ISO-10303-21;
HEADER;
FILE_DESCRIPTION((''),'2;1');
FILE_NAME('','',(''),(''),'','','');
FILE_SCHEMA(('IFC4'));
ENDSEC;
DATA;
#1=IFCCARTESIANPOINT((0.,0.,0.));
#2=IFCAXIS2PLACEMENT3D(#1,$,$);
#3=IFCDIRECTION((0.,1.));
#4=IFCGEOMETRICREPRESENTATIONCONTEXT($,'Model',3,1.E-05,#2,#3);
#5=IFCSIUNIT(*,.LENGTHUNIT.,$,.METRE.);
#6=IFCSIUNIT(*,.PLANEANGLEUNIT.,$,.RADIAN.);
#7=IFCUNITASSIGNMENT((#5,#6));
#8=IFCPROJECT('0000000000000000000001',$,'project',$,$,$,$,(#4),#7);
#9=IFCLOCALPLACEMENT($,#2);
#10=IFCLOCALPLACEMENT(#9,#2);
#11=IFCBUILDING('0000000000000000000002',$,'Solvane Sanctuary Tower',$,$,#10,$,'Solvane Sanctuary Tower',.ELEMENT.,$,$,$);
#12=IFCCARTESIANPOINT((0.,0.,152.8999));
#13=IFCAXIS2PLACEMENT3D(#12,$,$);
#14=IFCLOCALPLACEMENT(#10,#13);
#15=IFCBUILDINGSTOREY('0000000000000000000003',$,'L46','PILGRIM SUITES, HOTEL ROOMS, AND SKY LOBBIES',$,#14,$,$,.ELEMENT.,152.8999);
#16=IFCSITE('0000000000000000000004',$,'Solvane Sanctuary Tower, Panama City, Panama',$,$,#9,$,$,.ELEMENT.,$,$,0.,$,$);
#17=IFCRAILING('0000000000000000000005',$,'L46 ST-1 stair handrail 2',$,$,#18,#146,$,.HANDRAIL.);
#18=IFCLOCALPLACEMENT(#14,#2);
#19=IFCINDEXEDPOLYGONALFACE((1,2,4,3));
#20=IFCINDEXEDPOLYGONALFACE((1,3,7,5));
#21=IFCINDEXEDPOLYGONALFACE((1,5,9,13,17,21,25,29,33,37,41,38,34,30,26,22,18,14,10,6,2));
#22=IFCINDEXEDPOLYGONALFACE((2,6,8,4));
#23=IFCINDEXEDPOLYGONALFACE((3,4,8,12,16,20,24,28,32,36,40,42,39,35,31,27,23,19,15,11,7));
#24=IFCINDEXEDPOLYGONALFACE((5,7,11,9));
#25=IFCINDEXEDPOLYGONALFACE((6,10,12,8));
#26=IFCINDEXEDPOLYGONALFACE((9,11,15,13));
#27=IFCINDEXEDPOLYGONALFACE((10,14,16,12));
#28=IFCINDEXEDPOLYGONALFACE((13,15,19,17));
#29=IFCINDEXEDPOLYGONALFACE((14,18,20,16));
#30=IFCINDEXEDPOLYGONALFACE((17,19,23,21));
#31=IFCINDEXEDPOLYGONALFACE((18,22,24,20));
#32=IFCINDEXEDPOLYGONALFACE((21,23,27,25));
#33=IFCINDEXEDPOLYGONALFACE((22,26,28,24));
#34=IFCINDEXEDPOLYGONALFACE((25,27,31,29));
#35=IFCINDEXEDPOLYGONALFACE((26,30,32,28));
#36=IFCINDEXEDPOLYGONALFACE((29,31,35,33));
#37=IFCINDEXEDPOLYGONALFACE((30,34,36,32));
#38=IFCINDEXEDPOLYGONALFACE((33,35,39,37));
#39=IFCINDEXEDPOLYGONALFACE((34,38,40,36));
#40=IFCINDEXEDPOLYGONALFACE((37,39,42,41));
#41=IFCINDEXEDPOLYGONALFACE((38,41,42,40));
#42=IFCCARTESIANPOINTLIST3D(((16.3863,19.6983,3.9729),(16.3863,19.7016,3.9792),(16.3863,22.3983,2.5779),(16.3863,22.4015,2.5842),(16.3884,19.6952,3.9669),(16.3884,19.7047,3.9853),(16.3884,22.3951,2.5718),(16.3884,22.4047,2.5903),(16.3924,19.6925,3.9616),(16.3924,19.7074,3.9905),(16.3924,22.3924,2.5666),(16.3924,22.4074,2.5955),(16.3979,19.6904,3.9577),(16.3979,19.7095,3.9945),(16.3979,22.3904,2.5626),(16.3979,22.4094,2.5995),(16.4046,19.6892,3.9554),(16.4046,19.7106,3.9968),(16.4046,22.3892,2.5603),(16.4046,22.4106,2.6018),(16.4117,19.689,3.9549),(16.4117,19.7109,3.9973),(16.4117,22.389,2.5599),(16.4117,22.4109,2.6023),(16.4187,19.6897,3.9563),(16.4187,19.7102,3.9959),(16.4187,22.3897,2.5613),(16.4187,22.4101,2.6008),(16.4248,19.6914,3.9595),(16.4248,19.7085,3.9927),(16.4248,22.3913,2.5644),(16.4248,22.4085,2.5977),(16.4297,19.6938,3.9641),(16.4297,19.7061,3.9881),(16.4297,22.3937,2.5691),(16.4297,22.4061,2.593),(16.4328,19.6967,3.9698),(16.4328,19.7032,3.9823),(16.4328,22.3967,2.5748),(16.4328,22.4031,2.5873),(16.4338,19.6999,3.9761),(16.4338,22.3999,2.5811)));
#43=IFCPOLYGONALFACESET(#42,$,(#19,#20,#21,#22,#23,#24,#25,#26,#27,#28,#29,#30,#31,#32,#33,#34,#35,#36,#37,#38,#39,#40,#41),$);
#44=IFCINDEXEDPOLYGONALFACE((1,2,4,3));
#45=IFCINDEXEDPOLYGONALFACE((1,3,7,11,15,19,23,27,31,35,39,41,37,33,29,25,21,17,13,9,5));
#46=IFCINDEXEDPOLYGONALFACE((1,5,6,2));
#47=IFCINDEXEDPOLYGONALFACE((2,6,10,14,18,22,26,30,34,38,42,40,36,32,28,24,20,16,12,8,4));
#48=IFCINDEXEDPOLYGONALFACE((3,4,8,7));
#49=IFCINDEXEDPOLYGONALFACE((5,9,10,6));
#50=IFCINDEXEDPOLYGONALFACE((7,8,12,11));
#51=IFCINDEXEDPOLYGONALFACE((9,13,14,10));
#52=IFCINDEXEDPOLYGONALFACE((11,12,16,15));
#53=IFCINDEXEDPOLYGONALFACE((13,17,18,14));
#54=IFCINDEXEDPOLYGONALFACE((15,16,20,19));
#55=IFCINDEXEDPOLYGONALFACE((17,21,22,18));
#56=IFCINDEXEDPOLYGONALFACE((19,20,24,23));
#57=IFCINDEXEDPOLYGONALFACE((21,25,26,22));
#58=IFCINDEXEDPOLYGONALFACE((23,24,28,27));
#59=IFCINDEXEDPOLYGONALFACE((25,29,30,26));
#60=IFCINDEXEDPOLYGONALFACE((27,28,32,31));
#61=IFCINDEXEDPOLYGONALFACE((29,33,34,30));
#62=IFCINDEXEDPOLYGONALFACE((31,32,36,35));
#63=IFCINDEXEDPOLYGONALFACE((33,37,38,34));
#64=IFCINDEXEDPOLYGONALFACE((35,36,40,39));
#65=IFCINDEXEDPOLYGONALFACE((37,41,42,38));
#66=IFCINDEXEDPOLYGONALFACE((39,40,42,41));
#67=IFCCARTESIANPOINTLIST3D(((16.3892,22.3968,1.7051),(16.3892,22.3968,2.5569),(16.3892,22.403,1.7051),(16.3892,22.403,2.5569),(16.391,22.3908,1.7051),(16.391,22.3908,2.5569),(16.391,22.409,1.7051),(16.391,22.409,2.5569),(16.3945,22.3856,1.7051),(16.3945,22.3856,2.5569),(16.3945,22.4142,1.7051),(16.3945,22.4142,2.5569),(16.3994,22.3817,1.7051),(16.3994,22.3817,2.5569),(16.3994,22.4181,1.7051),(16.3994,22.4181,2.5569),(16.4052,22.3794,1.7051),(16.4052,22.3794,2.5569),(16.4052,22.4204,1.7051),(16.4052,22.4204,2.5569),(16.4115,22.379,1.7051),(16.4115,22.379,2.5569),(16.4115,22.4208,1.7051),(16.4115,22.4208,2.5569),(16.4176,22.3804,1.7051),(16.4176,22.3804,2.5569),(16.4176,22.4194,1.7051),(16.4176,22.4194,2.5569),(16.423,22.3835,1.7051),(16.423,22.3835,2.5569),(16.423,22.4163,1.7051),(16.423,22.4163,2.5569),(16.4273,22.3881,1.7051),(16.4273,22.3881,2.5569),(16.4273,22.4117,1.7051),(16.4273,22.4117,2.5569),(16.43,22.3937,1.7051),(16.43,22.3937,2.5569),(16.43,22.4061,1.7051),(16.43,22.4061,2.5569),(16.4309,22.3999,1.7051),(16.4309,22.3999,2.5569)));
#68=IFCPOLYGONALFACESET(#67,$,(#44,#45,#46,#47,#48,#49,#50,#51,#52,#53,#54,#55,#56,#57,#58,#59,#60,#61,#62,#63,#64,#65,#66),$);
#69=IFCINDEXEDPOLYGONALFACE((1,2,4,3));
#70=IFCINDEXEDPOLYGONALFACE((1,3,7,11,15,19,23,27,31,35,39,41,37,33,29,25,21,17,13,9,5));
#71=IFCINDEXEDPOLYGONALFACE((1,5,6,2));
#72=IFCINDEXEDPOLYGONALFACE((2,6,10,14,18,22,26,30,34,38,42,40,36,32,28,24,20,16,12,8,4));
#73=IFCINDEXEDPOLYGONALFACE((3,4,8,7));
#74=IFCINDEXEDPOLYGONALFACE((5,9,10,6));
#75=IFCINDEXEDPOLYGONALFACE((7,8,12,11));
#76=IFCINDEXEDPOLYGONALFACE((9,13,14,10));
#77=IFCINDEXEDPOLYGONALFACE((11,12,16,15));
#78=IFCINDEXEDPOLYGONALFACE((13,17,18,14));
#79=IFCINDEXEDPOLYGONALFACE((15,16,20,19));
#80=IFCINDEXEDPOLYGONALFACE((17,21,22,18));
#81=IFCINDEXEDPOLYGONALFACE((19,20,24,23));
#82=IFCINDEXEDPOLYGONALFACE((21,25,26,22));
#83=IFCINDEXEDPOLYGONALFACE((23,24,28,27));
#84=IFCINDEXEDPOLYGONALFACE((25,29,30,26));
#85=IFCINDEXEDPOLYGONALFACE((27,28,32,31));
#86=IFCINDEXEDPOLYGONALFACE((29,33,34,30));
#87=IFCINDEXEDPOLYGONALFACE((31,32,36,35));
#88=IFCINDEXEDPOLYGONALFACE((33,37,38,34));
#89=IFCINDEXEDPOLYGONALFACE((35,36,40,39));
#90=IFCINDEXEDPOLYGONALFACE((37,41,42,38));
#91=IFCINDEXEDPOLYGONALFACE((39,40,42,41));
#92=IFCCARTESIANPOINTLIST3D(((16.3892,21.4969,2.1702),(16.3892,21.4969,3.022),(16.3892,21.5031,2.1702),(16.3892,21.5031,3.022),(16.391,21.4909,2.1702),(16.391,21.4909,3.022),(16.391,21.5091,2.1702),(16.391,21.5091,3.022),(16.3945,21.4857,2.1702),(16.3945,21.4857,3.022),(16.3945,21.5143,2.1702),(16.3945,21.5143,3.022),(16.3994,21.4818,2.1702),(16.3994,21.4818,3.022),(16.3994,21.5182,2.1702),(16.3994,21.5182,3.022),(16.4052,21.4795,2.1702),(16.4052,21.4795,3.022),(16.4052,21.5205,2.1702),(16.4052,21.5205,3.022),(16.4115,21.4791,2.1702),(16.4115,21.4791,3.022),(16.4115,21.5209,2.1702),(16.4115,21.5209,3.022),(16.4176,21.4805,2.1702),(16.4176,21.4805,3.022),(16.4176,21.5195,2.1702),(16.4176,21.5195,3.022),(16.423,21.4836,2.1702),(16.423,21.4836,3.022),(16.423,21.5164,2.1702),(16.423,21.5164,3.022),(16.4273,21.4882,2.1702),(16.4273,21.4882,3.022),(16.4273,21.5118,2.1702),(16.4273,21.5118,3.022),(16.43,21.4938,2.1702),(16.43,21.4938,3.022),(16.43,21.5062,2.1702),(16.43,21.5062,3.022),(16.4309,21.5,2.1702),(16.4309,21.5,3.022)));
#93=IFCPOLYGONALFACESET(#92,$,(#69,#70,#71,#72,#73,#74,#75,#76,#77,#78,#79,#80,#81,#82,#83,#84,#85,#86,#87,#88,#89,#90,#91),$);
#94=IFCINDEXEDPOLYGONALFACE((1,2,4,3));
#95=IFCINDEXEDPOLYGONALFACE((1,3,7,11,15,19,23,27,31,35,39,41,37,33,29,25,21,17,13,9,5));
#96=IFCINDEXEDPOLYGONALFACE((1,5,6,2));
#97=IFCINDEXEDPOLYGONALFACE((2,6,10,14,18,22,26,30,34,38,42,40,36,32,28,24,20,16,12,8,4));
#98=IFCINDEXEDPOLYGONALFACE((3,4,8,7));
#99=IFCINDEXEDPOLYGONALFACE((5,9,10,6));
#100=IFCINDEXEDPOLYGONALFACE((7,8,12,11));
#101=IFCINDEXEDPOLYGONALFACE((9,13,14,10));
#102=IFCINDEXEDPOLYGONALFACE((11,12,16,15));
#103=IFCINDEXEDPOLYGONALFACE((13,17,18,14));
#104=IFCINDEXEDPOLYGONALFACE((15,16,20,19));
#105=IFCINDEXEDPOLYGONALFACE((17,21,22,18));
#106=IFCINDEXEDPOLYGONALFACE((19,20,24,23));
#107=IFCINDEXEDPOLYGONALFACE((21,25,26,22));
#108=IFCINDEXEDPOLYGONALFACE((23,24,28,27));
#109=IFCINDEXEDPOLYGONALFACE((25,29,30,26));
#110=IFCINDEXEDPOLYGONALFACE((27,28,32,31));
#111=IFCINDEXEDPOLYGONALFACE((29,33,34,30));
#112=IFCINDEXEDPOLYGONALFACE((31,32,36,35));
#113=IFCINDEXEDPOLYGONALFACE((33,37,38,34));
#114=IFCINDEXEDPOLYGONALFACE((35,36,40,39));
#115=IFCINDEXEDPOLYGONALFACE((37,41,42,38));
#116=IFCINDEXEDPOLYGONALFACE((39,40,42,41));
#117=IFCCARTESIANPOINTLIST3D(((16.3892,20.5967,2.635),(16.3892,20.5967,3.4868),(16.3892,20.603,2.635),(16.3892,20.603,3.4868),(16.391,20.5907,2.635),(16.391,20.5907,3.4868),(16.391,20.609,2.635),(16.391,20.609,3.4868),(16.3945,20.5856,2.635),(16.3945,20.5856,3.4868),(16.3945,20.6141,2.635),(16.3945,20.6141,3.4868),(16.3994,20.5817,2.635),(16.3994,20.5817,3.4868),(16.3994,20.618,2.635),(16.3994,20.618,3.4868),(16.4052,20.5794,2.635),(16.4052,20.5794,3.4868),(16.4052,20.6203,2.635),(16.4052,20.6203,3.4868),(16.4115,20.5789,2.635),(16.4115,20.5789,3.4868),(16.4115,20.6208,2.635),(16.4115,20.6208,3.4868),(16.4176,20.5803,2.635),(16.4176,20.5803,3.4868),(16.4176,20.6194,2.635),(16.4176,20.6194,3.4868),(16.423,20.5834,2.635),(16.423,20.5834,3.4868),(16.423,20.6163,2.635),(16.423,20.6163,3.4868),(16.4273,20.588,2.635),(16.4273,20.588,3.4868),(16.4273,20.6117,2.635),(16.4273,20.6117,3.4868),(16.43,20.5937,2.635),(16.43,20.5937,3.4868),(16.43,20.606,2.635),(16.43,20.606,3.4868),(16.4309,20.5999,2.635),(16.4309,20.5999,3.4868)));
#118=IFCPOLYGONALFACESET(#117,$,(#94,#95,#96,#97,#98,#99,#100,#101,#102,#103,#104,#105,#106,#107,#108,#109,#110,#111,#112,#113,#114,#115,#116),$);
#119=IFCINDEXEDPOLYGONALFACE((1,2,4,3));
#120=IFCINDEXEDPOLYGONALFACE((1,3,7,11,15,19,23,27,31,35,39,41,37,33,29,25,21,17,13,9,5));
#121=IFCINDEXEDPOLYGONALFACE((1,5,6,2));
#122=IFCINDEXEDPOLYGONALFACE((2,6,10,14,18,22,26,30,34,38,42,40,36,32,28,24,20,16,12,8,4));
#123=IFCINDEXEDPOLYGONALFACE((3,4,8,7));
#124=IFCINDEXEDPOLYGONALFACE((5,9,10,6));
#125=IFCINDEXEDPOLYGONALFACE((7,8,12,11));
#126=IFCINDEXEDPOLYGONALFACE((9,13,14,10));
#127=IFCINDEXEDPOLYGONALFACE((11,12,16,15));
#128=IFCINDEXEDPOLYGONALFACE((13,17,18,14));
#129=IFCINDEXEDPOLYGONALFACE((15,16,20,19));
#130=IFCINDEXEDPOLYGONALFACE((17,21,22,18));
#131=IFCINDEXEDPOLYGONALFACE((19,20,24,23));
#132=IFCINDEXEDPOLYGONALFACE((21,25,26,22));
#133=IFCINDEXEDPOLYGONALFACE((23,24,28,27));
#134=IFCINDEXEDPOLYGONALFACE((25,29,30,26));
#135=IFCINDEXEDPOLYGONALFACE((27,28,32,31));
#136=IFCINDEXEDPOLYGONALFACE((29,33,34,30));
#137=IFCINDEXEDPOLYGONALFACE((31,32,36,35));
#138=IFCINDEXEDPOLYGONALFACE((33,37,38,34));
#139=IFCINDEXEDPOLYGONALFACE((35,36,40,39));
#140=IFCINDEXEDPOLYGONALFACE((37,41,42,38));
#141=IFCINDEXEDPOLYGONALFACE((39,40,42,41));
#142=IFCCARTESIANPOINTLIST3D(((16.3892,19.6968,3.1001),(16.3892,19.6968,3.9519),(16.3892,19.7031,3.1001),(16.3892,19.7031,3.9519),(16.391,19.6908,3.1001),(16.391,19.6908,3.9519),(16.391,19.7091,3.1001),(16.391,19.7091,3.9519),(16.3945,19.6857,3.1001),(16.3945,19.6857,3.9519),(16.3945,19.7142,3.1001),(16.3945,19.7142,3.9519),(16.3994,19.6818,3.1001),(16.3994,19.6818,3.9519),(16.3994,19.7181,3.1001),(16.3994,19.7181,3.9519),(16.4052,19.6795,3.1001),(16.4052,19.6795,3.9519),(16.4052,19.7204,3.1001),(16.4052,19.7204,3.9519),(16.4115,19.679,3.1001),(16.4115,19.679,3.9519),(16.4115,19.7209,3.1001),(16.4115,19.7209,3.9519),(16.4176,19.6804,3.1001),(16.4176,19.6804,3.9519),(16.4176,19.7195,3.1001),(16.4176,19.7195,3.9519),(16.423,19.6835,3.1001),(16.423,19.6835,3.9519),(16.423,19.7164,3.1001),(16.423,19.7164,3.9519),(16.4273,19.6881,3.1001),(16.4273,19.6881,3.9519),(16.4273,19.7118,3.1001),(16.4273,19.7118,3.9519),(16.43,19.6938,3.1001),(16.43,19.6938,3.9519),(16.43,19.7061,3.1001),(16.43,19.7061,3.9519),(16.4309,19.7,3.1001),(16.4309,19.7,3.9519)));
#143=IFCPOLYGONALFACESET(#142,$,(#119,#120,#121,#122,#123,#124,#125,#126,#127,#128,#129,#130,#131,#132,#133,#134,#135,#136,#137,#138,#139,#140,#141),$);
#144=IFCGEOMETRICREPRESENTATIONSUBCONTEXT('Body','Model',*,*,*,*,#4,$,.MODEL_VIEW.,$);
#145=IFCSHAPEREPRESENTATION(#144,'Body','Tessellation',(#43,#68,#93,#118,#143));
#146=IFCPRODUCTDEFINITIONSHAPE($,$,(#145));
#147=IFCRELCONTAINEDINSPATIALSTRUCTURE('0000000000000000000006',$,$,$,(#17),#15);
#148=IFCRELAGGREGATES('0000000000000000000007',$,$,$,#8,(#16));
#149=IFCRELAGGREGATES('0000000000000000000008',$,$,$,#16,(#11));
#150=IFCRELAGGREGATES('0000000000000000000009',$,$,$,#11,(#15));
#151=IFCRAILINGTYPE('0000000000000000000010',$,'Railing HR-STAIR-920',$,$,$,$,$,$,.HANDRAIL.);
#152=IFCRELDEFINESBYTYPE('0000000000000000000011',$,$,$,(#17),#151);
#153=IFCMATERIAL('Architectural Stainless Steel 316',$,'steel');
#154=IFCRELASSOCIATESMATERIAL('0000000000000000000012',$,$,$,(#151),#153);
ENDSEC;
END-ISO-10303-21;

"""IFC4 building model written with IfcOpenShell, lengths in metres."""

from ifc_helpers import new_model, si_unit, direction, frame, origin, origin_2d, place, context, subcontext, project, spatial, circle, extrude, material, type_object, element, save


model = new_model("IFC4")

# Units and contexts
model_context = context("Model", 3, precision=1e-05, world=origin(), true_north=direction((0.0, 1.0)))
body_context = subcontext(model_context, "Body", "Model", "MODEL_VIEW")
ifc_project = project(units=[si_unit("LENGTHUNIT", "METRE"), si_unit("PLANEANGLEUNIT", "RADIAN")], contexts=[model_context])

# Site, building, storey
site_placement = place(None, origin())
site = spatial("IfcSite", under=ifc_project, at=site_placement, Name="Solvane Sanctuary Tower, Panama City, Panama", CompositionType="ELEMENT", RefElevation=0.0)
building_placement = place(site_placement, origin())
building = spatial("IfcBuilding", under=site, at=building_placement, Name="Solvane Sanctuary Tower", LongName="Solvane Sanctuary Tower", CompositionType="ELEMENT")
storey_placement = place(building_placement, frame((0.0, 0.0, 152.8999)))
storey = spatial("IfcBuildingStorey", under=building, at=storey_placement, Name="L46", Description="PILGRIM SUITES, HOTEL ROOMS, AND SKY LOBBIES", CompositionType="ELEMENT", Elevation=152.8999)

# Shared definitions
ifc_material_1 = material(Name="Architectural Stainless Steel 316", Category="steel")

# Railing
railing_type_1 = type_object("IfcRailingType", Name="Railing HR-STAIR-920", PredefinedType="HANDRAIL", material=ifc_material_1)
railing_1_placement = place(storey_placement, frame((16.4099, 22.3999, 1.7051)))
element("IfcRailing", 1, at=railing_1_placement, inside=storey, type_object=railing_type_1, Name="L46 ST-1 stair handrail 2", PredefinedType="HANDRAIL", context=body_context, shape_type="SweptSolid", body=[
    extrude(circle(Radius=0.0239, at=origin_2d()), frame((0.0, 0.0, 0.876), z_axis=(0.0, -0.88842, 0.459032), x_axis=(1.0, 0.0, 0.0)), (0.0, 0.0, 1.0), 3.0391),
    extrude(circle(Radius=0.021, at=origin_2d()), origin(), (0.0, 0.0, 1.0), 0.8518),
    extrude(circle(Radius=0.021, at=origin_2d()), frame((0.0, -0.8999, 0.4651)), (0.0, 0.0, 1.0), 0.8518),
    extrude(circle(Radius=0.021, at=origin_2d()), frame((0.0, -1.8, 0.9299)), (0.0, 0.0, 1.0), 0.8518),
    extrude(circle(Radius=0.021, at=origin_2d()), frame((0.0, -2.7, 1.395)), (0.0, 0.0, 1.0), 0.8518),
])

save(model, "model.ifc")
